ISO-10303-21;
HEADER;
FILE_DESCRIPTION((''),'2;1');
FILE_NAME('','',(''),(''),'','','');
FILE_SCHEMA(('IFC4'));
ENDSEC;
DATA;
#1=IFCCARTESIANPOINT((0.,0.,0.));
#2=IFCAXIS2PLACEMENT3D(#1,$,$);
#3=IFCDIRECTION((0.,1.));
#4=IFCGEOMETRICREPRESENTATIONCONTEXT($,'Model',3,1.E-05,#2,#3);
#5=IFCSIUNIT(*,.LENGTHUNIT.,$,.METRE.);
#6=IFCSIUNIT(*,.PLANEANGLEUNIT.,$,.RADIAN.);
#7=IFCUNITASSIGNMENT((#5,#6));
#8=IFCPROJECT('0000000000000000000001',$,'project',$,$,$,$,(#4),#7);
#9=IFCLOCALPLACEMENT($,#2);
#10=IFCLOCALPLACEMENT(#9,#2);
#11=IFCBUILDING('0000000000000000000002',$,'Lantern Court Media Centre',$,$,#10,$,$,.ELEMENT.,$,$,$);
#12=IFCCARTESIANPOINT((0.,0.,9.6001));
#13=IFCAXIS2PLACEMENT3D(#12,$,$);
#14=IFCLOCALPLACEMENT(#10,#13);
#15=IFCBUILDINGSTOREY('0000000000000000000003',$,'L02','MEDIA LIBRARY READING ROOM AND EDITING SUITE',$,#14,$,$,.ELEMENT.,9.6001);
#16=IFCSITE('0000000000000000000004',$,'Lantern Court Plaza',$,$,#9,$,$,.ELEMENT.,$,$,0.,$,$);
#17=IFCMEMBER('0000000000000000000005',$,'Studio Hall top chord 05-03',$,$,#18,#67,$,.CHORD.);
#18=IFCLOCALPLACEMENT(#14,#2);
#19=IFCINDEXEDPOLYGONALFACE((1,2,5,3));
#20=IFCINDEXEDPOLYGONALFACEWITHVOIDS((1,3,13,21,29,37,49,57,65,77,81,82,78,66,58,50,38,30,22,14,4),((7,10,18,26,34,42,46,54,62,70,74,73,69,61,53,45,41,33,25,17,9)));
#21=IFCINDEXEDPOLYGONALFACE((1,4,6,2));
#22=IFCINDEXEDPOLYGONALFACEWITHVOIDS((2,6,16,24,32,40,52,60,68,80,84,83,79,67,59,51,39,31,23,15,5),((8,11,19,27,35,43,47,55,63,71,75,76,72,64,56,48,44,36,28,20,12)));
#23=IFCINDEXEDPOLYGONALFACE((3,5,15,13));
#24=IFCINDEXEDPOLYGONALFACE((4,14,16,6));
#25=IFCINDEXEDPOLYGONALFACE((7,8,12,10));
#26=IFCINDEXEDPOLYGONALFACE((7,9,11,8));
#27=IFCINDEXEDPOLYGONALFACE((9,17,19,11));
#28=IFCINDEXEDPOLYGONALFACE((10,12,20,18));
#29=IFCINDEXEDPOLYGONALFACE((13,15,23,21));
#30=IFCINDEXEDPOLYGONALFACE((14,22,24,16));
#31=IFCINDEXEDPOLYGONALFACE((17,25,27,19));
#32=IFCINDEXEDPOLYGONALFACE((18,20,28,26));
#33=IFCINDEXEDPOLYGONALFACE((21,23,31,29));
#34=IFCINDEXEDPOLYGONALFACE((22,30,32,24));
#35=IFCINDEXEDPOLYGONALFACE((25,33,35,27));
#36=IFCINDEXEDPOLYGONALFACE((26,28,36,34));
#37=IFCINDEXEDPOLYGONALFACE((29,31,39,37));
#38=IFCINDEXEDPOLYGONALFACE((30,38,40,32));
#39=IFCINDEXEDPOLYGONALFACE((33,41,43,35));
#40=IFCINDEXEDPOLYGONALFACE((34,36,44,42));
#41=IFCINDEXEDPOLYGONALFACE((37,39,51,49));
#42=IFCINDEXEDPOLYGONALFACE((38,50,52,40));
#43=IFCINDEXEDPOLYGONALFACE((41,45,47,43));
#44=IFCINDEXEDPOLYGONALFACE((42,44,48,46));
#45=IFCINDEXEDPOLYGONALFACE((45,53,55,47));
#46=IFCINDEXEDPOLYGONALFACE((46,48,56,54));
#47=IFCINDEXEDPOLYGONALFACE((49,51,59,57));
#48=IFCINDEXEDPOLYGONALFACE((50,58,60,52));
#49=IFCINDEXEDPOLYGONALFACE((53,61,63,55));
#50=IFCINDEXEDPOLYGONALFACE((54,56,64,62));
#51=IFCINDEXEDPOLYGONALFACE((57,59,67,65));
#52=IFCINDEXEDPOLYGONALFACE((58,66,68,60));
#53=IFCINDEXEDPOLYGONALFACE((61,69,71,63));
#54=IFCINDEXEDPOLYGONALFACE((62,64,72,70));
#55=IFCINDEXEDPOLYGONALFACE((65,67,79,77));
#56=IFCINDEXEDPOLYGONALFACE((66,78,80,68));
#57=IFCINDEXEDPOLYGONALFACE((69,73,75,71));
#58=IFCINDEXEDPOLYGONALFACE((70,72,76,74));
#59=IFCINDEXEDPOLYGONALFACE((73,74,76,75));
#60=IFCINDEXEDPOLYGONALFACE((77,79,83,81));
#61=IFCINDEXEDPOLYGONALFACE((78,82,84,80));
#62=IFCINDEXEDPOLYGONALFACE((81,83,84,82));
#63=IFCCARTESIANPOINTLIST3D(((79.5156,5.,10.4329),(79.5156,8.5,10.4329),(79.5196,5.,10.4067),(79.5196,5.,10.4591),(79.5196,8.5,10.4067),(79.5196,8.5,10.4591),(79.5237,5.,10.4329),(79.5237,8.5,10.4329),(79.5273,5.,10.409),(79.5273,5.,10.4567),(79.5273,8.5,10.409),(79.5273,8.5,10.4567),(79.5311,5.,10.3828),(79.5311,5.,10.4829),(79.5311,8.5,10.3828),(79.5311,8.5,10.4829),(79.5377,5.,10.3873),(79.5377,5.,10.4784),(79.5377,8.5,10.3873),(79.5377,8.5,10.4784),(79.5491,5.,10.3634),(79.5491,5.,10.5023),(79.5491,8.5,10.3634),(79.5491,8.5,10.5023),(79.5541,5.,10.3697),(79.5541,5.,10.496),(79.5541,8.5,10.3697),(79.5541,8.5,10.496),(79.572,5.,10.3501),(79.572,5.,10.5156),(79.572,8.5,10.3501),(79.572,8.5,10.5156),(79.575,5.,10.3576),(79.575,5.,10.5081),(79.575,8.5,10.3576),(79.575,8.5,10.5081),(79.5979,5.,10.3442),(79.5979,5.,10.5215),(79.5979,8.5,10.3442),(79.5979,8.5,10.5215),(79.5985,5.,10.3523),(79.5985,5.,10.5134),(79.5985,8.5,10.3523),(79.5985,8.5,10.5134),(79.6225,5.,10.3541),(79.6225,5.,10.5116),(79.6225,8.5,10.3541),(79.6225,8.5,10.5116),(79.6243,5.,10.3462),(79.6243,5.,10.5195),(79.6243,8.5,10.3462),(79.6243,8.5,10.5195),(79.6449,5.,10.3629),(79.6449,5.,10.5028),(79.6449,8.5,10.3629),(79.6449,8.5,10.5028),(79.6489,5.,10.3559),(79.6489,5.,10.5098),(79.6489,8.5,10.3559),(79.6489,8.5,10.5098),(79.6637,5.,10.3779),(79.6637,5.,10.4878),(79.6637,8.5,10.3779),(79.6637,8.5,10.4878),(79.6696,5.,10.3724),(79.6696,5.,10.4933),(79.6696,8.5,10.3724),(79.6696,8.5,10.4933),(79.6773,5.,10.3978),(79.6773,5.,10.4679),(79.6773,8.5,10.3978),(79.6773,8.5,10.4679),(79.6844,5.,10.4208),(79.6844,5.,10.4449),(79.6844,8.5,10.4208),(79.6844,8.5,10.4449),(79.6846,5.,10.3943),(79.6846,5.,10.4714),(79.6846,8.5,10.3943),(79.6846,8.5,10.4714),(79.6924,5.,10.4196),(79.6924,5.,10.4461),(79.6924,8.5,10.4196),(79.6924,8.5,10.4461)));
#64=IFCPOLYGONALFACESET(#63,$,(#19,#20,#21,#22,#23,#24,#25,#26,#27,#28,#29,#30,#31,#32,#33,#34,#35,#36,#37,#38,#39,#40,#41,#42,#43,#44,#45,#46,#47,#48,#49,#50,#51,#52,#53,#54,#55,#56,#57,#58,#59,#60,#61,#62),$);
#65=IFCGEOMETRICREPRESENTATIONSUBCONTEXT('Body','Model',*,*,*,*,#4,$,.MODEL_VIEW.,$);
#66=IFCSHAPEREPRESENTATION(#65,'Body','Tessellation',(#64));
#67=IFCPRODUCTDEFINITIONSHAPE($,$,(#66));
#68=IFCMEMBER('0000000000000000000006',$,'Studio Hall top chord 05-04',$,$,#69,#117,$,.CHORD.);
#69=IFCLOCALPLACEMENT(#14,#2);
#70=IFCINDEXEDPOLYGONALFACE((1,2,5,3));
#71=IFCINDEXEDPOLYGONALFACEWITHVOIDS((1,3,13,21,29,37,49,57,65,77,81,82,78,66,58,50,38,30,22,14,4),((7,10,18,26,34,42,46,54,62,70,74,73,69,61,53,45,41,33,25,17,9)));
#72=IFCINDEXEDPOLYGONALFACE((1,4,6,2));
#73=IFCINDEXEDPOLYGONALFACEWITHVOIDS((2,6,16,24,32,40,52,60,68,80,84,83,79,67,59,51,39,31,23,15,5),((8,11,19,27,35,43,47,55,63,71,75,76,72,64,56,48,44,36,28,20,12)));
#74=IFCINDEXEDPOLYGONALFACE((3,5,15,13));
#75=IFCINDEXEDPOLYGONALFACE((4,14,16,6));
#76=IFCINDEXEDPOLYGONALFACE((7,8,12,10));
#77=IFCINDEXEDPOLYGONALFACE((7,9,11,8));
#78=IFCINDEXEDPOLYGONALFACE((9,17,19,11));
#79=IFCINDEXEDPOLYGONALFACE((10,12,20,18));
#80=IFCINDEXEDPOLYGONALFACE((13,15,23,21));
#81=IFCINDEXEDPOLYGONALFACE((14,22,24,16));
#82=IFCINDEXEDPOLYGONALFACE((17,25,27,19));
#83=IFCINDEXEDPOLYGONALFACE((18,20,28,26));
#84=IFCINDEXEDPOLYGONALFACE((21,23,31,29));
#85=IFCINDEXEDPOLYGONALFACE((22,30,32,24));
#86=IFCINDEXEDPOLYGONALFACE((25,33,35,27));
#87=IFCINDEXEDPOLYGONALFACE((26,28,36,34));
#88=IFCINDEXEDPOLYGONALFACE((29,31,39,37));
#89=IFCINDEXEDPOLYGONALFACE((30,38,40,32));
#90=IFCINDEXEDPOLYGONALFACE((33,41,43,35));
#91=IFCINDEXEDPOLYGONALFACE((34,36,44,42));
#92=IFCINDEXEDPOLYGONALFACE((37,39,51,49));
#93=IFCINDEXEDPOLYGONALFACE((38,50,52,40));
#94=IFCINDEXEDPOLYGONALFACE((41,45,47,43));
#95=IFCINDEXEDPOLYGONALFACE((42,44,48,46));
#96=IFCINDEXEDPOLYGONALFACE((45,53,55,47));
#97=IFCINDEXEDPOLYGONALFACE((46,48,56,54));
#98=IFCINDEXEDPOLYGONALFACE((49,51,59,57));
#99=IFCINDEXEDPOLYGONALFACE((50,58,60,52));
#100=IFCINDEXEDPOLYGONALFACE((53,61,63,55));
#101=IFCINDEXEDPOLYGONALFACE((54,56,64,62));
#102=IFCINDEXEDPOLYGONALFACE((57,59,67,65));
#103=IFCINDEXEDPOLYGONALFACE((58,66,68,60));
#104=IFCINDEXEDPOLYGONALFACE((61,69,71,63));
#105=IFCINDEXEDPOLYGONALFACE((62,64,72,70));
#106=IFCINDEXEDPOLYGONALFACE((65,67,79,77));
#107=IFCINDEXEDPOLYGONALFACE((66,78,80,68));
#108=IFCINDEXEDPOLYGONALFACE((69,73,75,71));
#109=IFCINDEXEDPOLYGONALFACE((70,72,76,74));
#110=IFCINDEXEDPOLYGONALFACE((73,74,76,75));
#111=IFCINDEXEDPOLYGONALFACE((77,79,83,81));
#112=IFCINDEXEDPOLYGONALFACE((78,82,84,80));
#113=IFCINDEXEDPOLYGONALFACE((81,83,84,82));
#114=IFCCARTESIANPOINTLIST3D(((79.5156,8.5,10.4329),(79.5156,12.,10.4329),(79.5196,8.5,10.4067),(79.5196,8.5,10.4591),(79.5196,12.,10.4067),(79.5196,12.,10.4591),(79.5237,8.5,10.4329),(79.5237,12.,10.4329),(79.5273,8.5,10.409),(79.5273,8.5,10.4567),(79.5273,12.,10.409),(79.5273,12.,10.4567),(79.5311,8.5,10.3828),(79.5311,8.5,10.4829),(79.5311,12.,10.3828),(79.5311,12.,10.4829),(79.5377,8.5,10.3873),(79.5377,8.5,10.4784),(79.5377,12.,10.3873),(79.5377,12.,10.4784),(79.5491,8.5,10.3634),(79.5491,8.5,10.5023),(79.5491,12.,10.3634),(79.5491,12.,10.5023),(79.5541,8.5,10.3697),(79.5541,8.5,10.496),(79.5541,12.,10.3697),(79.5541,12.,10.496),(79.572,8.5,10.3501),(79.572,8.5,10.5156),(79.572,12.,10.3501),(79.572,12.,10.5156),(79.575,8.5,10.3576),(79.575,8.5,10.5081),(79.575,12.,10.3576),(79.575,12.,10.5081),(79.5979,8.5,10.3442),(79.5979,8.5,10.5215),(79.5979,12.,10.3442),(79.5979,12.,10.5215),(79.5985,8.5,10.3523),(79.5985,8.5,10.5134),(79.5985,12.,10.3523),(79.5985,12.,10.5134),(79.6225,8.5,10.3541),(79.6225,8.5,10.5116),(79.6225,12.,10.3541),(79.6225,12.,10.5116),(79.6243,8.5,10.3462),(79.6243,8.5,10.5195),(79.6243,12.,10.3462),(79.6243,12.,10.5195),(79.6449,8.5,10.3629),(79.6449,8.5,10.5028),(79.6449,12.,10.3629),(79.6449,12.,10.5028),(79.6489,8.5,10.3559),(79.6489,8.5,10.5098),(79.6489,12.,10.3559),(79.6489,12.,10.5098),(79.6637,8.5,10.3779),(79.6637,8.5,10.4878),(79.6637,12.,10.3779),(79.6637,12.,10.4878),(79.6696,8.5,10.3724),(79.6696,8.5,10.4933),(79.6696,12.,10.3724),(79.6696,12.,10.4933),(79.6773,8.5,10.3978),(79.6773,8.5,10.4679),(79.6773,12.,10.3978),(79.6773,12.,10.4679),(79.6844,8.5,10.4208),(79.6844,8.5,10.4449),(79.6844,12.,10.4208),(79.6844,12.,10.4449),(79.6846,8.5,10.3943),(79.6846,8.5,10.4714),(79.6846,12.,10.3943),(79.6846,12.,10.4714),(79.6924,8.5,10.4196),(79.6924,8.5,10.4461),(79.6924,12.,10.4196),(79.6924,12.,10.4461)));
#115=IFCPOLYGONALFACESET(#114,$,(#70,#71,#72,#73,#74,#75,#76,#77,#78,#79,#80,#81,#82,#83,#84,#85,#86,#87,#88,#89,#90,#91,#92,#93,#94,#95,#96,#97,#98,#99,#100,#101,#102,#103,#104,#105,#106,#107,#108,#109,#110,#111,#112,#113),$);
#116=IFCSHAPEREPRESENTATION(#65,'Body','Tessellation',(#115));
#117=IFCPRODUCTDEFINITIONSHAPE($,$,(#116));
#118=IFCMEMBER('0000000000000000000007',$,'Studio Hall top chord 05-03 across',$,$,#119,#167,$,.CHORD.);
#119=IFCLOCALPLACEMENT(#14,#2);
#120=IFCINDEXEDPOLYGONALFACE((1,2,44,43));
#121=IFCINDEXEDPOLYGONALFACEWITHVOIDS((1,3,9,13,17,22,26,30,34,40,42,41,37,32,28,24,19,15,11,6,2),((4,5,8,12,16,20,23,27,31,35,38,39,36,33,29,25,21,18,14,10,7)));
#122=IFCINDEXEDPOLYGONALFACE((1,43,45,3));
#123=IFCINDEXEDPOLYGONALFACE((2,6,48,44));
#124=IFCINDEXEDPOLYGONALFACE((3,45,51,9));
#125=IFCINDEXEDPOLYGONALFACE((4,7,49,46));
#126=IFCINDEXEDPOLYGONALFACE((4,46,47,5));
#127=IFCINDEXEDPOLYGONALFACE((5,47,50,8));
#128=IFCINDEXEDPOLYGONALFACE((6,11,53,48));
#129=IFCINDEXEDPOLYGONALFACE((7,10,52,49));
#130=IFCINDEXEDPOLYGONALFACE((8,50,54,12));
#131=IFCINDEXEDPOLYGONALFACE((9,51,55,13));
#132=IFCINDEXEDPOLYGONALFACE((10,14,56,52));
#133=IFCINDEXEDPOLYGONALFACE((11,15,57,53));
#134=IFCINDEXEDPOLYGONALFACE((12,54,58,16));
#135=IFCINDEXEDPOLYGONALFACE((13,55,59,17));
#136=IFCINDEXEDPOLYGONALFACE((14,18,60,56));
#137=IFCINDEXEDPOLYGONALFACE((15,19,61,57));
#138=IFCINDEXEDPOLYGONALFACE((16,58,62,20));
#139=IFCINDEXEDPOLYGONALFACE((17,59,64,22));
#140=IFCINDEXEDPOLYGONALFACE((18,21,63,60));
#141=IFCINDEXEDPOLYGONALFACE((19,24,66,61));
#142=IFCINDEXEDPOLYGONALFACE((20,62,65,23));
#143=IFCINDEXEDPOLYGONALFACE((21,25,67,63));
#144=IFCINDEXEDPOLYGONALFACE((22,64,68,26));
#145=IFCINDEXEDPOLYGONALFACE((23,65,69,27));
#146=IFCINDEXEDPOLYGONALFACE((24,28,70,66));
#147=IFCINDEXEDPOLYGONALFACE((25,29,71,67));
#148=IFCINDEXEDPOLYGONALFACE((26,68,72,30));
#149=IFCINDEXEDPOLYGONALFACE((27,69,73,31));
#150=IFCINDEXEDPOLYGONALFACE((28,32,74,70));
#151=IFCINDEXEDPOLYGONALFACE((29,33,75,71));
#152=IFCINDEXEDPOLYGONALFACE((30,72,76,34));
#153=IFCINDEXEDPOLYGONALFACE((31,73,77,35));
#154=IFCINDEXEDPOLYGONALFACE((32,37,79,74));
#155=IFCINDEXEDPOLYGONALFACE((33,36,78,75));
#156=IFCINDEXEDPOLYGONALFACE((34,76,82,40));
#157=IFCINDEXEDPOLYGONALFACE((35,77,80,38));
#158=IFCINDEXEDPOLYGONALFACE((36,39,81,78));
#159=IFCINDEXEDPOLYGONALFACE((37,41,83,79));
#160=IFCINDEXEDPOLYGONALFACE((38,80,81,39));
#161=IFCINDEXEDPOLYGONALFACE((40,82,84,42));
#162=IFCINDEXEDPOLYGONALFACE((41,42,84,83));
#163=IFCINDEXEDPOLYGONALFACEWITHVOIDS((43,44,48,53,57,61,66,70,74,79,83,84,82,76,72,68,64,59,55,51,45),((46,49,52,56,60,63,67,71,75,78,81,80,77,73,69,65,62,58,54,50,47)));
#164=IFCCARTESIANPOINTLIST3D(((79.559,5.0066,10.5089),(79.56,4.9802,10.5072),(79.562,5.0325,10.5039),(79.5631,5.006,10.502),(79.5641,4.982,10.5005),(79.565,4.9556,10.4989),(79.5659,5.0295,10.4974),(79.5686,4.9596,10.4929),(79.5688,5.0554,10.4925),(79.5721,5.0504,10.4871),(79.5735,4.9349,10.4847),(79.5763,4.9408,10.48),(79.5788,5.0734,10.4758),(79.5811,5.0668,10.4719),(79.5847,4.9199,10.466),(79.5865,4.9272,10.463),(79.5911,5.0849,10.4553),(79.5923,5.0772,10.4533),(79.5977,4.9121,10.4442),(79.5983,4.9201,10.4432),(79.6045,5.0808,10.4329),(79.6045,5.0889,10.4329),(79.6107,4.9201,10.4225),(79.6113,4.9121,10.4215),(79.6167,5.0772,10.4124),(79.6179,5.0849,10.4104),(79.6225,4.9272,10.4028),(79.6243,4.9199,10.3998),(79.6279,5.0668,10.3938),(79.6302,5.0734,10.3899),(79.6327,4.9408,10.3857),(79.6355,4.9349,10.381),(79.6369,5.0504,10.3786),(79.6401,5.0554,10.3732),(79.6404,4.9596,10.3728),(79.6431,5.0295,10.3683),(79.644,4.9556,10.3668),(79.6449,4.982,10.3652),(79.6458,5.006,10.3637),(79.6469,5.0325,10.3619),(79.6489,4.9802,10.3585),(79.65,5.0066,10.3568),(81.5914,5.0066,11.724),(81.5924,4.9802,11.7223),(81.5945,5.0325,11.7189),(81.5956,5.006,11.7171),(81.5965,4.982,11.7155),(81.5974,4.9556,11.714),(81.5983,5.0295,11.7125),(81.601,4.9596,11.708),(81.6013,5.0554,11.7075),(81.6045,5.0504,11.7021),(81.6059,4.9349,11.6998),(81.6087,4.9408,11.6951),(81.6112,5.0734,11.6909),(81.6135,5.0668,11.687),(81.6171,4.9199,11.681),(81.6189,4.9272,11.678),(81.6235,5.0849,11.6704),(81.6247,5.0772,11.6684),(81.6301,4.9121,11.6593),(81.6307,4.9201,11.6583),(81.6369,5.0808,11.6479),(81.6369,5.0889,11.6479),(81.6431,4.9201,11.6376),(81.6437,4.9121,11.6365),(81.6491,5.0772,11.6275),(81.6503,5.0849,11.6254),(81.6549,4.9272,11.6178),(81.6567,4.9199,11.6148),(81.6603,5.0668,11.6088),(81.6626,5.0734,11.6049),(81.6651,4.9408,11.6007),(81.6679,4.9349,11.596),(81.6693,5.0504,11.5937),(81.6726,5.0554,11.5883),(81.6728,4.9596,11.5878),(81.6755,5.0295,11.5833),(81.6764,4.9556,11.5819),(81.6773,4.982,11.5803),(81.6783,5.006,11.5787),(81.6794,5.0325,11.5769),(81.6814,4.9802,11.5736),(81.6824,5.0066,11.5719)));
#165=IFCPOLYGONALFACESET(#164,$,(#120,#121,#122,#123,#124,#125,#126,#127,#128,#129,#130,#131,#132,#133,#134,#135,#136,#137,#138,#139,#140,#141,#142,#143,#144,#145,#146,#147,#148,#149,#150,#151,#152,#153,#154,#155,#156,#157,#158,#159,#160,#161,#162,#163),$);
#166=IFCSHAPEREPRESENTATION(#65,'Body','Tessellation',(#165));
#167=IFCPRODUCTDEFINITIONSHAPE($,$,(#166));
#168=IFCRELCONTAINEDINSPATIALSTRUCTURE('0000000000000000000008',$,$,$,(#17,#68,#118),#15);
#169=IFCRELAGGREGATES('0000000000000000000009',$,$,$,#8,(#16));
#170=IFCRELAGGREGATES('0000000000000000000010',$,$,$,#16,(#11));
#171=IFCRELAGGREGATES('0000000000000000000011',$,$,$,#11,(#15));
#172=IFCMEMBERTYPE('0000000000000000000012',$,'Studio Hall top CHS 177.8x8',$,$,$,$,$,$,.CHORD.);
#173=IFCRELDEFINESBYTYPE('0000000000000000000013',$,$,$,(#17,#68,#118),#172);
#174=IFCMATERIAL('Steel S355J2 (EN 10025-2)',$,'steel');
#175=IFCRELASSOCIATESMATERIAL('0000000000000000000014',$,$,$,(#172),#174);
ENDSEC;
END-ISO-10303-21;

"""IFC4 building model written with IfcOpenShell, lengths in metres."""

from ifc_helpers import new_model, si_unit, direction, frame, origin, origin_2d, place, context, subcontext, project, spatial, hollow_circle, extrude, material, material_profile, profile_set, type_object, element, save


model = new_model("IFC4")

# Units and contexts
model_context = context("Model", 3, precision=1e-05, world=origin(), true_north=direction((0.0, 1.0)))
body_context = subcontext(model_context, "Body", "Model", "MODEL_VIEW")
ifc_project = project(units=[si_unit("LENGTHUNIT", "METRE"), si_unit("PLANEANGLEUNIT", "RADIAN")], contexts=[model_context])

# Site, building, storey
site_placement = place(None, origin())
site = spatial("IfcSite", under=ifc_project, at=site_placement, Name="Lantern Court Plaza", CompositionType="ELEMENT", RefElevation=0.0)
building_placement = place(site_placement, origin())
building = spatial("IfcBuilding", under=site, at=building_placement, Name="Lantern Court Media Centre", CompositionType="ELEMENT")
storey_placement = place(building_placement, frame((0.0, 0.0, 9.6001)))
storey = spatial("IfcBuildingStorey", under=building, at=storey_placement, Name="L02", Description="MEDIA LIBRARY READING ROOM AND EDITING SUITE", CompositionType="ELEMENT", Elevation=9.6001)

# Members
ifc_material = material(Name="Steel S355J2 (EN 10025-2)", Category="steel")
ifc_material_profile_1 = material_profile(ifc_material, hollow_circle(Radius=0.0889, WallThickness=0.0081, at=origin_2d()), Name="Studio Hall top CHS 177.8x8")
ifc_profile_set_1 = profile_set([ifc_material_profile_1], Name="Steel S355J2 (EN 10025-2)")
member_type_1 = type_object("IfcMemberType", Name="Studio Hall top CHS 177.8x8", PredefinedType="CHORD", material=ifc_profile_set_1)
for number, where, z_axis, x_axis, name in (
    (1, (79.6045, 5.0, 10.4329), (0.0, 1.0, 0.0), (-1.0, 0.0, 0.0), "Studio Hall top chord 05-03"),
    (2, (79.6045, 8.5, 10.4329), (0.0, 1.0, 0.0), (-1.0, 0.0, 0.0), "Studio Hall top chord 05-04"),
):
    element("IfcMember", number, at=place(storey_placement, frame(where, z_axis=z_axis, x_axis=x_axis)), inside=storey, type_object=member_type_1, Name=name, PredefinedType="CHORD", context=body_context, shape_type="SweptSolid", body=[
        extrude(hollow_circle(Radius=0.0889, WallThickness=0.0081, at=origin_2d()), origin(), (0.0, 0.0, 1.0), 3.5),
    ])
for number, where, z_axis, x_axis, name in (
    (3, (79.6045, 5.0, 10.4329), (0.858311, 0.0, 0.513131), (0.0, 1.0, 0.0), "Studio Hall top chord 05-03 across"),
):
    element("IfcMember", number, at=place(storey_placement, frame(where, z_axis=z_axis, x_axis=x_axis)), inside=storey, type_object=member_type_1, Name=name, PredefinedType="CHORD", context=body_context, shape_type="SweptSolid", body=[
        extrude(hollow_circle(Radius=0.0889, WallThickness=0.0081, at=origin_2d()), origin(), (0.0, 0.0, 1.0), 2.3679),
    ])

save(model, "model.ifc")
